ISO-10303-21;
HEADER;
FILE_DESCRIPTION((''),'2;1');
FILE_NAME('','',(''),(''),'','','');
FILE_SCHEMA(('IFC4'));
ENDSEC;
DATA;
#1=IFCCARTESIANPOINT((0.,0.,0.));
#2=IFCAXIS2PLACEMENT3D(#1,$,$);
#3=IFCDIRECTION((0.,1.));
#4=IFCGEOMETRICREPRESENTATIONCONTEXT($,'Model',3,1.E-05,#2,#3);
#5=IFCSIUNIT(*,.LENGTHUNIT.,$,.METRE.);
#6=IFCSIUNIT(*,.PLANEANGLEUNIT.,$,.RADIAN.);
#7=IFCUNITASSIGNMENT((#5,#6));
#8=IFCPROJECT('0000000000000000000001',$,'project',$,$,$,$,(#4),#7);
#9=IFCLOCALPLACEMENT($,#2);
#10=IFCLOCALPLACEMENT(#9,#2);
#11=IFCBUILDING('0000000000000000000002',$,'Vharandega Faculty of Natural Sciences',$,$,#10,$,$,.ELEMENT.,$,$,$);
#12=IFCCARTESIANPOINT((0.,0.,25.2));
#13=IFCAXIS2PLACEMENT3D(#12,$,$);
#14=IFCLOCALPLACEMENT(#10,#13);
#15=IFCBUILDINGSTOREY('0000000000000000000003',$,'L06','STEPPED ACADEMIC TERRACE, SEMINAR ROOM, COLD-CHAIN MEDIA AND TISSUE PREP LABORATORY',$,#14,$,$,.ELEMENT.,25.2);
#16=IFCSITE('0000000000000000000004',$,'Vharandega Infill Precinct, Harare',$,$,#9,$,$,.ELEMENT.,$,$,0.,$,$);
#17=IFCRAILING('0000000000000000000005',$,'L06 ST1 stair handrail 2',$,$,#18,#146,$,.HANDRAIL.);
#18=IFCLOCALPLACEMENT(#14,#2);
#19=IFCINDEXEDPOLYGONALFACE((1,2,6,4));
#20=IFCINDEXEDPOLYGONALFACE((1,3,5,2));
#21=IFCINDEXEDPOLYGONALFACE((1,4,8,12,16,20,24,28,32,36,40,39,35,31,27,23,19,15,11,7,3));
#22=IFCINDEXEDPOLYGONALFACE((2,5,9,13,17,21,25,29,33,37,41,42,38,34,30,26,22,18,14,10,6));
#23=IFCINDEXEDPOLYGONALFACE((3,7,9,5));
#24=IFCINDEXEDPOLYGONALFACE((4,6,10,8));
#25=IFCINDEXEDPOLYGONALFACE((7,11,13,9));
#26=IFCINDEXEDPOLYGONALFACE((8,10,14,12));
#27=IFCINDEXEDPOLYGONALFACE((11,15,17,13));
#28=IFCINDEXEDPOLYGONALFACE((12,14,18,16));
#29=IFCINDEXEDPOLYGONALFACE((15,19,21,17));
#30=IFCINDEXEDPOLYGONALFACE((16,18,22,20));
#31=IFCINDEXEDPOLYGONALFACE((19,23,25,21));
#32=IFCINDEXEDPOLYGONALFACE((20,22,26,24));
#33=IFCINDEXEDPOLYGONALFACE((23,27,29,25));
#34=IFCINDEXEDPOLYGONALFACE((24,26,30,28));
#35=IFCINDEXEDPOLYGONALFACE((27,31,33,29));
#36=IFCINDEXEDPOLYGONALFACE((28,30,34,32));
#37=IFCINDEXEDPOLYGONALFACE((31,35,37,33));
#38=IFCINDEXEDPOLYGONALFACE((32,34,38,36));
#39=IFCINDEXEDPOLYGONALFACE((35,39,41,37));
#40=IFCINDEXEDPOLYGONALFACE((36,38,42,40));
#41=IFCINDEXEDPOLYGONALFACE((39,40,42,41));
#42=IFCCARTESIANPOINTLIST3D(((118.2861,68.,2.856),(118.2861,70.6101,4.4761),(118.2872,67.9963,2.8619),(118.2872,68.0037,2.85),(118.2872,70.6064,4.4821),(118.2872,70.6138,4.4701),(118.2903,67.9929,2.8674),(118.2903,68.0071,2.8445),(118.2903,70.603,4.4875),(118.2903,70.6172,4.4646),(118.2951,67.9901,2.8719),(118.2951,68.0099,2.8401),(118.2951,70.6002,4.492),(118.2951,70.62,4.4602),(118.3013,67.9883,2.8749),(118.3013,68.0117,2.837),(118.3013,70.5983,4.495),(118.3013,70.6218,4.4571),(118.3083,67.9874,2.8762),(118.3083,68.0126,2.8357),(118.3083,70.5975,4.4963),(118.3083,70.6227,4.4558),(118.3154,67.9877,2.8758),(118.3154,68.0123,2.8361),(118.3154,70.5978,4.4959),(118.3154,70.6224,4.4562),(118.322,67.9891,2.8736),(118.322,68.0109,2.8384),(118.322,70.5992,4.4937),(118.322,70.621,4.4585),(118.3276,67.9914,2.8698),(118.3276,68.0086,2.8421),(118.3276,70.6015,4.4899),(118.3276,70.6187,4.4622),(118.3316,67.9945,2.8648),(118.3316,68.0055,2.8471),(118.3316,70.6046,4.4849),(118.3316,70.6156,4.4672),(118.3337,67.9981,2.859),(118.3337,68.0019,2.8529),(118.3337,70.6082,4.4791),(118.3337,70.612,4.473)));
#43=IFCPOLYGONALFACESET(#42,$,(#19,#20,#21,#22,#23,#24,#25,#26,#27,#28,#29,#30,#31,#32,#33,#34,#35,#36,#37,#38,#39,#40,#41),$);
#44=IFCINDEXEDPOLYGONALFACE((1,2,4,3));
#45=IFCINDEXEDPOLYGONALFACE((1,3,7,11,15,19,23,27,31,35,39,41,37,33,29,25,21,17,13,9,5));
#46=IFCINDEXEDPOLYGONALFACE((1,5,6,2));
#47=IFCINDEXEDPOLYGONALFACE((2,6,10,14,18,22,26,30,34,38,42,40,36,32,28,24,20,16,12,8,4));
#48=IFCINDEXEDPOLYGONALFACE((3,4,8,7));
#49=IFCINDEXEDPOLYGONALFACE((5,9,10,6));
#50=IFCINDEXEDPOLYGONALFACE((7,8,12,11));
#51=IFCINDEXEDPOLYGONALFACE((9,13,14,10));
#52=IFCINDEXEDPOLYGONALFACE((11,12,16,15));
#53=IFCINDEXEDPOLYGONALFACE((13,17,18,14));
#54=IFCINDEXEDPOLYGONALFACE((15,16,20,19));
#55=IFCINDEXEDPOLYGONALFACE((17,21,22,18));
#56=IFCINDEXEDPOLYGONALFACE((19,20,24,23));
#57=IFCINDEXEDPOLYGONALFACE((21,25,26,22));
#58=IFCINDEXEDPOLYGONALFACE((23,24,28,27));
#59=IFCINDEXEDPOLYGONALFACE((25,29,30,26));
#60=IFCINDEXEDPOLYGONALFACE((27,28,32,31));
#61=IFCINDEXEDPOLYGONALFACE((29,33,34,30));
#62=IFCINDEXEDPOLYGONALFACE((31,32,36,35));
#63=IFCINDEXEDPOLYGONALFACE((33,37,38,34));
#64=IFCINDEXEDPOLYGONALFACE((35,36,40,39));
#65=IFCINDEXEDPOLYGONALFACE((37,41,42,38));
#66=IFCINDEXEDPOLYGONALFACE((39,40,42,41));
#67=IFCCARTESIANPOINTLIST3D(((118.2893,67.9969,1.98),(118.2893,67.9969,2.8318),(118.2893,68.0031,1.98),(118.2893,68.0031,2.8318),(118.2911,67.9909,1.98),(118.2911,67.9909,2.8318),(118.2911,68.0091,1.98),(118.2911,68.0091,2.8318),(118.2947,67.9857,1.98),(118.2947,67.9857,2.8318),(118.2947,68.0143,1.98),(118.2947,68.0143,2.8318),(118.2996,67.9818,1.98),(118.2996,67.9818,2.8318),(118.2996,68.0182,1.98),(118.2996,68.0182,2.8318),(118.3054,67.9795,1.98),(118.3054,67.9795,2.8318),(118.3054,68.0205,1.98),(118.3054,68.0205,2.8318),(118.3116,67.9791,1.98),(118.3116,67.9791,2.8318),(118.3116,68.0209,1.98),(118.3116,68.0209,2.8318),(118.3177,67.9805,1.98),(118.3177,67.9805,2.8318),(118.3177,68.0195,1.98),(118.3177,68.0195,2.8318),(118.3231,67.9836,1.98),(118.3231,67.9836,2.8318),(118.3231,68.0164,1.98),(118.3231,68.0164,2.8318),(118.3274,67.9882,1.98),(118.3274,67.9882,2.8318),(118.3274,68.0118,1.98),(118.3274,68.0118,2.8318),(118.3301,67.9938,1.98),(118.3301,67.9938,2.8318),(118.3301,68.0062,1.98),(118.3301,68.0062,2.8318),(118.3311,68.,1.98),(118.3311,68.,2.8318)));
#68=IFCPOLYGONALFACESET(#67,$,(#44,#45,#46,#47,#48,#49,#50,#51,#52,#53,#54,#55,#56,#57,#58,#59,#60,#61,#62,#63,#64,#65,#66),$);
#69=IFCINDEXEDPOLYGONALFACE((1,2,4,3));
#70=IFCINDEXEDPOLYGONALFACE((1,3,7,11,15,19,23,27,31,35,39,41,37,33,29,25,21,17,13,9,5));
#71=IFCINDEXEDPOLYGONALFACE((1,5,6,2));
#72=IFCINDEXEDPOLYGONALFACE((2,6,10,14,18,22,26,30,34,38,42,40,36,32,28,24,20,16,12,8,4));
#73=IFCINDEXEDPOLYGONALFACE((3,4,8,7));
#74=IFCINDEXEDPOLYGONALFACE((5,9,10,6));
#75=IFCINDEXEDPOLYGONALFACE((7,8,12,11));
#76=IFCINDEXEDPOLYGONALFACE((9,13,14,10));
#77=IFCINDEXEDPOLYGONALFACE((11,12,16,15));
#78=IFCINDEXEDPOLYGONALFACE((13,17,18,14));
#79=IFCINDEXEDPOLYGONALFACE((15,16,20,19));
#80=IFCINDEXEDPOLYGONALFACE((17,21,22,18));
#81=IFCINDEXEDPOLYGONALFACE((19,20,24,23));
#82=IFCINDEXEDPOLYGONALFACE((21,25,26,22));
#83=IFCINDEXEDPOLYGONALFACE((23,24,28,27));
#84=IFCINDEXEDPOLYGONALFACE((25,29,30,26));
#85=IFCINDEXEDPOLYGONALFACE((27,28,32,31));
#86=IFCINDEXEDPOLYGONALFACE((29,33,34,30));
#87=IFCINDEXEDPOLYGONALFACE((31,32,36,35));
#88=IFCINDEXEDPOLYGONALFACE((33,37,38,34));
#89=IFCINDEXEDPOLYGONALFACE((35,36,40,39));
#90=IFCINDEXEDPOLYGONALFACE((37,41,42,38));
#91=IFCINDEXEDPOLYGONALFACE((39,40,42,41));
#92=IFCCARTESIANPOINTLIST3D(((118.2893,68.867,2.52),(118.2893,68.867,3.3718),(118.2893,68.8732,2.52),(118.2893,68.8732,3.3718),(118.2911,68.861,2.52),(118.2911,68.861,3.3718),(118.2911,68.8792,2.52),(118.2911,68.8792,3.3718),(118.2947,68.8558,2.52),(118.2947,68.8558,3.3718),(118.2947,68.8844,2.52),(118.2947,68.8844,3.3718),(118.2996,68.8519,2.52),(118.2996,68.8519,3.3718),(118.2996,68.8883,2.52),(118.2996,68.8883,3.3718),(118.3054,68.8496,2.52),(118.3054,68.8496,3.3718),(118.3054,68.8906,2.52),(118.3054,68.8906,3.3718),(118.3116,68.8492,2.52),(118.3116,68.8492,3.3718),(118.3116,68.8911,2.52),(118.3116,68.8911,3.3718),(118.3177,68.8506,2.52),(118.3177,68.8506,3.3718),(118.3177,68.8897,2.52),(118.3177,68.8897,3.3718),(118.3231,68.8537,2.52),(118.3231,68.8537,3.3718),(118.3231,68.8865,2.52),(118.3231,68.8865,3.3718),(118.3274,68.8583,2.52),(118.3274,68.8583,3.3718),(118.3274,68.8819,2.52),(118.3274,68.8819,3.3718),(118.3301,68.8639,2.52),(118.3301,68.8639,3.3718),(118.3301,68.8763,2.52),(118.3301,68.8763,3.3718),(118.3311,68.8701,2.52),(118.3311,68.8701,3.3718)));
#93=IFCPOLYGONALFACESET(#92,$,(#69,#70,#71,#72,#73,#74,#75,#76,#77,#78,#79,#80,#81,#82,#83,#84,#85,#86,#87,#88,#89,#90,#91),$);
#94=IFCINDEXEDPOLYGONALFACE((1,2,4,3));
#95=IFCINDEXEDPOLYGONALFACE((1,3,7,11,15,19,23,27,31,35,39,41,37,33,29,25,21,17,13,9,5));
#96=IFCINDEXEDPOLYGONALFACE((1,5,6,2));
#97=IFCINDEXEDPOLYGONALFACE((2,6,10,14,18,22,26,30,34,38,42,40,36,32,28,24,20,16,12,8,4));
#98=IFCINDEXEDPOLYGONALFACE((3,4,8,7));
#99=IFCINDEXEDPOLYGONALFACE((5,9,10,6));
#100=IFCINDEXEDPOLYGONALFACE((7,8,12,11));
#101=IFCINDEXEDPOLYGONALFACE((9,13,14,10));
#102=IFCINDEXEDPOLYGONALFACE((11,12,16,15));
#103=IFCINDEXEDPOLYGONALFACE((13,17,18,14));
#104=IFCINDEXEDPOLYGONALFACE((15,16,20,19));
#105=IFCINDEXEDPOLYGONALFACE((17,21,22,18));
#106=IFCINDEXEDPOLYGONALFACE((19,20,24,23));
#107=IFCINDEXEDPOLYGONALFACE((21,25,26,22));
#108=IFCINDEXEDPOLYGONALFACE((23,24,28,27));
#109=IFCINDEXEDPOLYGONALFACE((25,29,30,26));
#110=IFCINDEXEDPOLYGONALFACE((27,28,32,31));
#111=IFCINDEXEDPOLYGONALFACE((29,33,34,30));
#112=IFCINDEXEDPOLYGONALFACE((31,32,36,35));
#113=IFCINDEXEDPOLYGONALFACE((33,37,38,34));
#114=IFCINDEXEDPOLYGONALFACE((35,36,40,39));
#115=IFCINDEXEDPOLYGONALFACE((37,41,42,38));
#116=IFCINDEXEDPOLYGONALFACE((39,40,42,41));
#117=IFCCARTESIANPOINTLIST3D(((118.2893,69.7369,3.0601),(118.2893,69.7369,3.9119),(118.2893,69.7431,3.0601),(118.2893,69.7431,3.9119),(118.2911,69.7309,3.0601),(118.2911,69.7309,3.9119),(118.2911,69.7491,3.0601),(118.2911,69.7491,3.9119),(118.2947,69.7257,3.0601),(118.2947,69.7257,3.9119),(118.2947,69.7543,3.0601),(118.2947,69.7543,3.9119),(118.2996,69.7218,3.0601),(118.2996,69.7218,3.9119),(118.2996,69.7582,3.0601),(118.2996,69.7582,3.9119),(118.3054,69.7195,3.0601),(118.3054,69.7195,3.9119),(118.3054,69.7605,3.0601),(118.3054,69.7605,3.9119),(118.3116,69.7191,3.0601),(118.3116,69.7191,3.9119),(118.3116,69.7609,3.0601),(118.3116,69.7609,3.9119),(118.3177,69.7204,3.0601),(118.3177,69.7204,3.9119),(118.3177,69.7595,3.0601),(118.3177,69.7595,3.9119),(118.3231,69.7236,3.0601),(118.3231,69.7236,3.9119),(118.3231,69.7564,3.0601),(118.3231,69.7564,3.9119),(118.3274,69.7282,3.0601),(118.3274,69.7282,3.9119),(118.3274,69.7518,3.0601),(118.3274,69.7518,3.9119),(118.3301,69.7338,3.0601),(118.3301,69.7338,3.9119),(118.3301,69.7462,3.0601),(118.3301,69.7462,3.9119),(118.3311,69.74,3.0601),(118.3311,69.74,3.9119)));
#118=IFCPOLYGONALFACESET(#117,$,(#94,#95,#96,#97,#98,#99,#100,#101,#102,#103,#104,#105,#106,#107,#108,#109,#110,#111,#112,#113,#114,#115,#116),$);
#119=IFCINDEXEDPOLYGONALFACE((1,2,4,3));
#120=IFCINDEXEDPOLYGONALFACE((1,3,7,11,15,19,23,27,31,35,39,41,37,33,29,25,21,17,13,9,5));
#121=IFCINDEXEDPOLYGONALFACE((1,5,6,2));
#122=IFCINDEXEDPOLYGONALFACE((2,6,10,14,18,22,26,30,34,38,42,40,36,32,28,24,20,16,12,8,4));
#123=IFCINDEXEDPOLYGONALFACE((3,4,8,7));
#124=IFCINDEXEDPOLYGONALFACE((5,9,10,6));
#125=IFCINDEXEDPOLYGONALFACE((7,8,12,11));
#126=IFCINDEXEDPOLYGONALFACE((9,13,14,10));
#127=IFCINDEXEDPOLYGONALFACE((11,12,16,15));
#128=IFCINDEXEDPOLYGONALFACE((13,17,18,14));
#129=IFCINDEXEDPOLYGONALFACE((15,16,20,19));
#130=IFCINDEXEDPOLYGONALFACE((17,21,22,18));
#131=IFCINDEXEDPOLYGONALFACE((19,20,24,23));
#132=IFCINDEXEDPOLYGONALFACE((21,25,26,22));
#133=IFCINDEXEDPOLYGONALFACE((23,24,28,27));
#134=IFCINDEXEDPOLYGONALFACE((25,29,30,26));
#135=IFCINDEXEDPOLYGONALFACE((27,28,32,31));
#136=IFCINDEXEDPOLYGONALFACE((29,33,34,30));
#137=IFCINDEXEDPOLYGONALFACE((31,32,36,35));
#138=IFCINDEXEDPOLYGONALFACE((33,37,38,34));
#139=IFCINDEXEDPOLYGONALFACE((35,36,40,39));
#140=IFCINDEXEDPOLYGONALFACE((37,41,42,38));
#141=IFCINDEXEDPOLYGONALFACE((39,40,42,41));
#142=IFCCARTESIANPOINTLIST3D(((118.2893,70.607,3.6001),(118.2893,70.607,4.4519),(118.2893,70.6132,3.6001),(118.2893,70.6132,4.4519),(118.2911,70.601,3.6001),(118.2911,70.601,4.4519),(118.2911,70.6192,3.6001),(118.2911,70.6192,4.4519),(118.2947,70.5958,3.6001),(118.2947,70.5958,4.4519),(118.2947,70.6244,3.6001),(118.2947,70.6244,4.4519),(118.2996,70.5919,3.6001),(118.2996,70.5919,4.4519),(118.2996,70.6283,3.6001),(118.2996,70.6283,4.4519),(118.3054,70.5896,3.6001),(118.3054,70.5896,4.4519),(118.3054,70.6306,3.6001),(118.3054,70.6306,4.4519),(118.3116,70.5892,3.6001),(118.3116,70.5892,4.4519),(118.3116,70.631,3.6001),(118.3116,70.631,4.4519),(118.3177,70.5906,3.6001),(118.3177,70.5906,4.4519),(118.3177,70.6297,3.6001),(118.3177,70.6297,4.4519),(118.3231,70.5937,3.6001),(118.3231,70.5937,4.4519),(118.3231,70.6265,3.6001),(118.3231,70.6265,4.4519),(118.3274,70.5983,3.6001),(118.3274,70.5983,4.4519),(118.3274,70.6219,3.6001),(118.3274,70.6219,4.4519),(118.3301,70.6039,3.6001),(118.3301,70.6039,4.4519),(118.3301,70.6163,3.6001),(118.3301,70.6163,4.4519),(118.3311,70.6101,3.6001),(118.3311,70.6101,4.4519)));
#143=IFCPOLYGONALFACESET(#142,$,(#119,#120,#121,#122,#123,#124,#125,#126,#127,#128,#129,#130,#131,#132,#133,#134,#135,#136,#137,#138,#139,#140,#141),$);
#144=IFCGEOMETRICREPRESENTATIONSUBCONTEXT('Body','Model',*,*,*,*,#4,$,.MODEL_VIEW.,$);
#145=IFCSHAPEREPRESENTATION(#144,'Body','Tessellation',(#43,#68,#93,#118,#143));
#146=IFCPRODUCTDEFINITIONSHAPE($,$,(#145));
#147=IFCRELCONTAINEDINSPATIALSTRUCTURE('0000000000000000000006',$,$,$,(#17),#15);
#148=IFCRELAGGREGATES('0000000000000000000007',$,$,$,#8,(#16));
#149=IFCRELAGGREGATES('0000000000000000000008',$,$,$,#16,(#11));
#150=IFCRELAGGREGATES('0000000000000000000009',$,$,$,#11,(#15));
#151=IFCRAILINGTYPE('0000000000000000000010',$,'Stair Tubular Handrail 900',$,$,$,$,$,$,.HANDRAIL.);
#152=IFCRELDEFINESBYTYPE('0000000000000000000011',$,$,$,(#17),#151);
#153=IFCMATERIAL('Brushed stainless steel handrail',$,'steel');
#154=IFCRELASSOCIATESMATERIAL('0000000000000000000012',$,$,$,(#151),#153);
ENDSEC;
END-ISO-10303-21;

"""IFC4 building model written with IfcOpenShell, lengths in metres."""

from ifc_helpers import new_model, si_unit, direction, frame, origin, origin_2d, place, context, subcontext, project, spatial, circle, extrude, material, type_object, element, save


model = new_model("IFC4")

# Units and contexts
model_context = context("Model", 3, precision=1e-05, world=origin(), true_north=direction((0.0, 1.0)))
body_context = subcontext(model_context, "Body", "Model", "MODEL_VIEW")
ifc_project = project(units=[si_unit("LENGTHUNIT", "METRE"), si_unit("PLANEANGLEUNIT", "RADIAN")], contexts=[model_context])

# Site, building, storey
site_placement = place(None, origin())
site = spatial("IfcSite", under=ifc_project, at=site_placement, Name="Vharandega Infill Precinct, Harare", CompositionType="ELEMENT", RefElevation=0.0)
building_placement = place(site_placement, origin())
building = spatial("IfcBuilding", under=site, at=building_placement, Name="Vharandega Faculty of Natural Sciences", CompositionType="ELEMENT")
storey_placement = place(building_placement, frame((0.0, 0.0, 25.2)))
storey = spatial("IfcBuildingStorey", under=building, at=storey_placement, Name="L06", Description="STEPPED ACADEMIC TERRACE, SEMINAR ROOM, COLD-CHAIN MEDIA AND TISSUE PREP LABORATORY", CompositionType="ELEMENT", Elevation=25.2)

# Railing
ifc_material_1 = material(Name="Brushed stainless steel handrail", Category="steel")
railing_type_1 = type_object("IfcRailingType", Name="Stair Tubular Handrail 900", PredefinedType="HANDRAIL", material=ifc_material_1)
railing_1_placement = place(storey_placement, frame((118.3101, 68.0, 1.98)))
element("IfcRailing", 1, at=railing_1_placement, inside=storey, type_object=railing_type_1, Name="L06 ST1 stair handrail 2", PredefinedType="HANDRAIL", context=body_context, shape_type="SweptSolid", body=[
    extrude(circle(Radius=0.0239, at=origin_2d()), frame((0.0, 0.0, 0.876), z_axis=(0.0, 0.849633, 0.527375), x_axis=(-1.0, 0.0, 0.0)), (0.0, 0.0, 1.0), 3.072),
    extrude(circle(Radius=0.021, at=origin_2d()), origin(), (0.0, 0.0, 1.0), 0.8518),
    extrude(circle(Radius=0.021, at=origin_2d()), frame((0.0, 0.8701, 0.54)), (0.0, 0.0, 1.0), 0.8518),
    extrude(circle(Radius=0.021, at=origin_2d()), frame((0.0, 1.74, 1.0801)), (0.0, 0.0, 1.0), 0.8518),
    extrude(circle(Radius=0.021, at=origin_2d()), frame((0.0, 2.6101, 1.6201)), (0.0, 0.0, 1.0), 0.8518),
])

save(model, "model.ifc")
